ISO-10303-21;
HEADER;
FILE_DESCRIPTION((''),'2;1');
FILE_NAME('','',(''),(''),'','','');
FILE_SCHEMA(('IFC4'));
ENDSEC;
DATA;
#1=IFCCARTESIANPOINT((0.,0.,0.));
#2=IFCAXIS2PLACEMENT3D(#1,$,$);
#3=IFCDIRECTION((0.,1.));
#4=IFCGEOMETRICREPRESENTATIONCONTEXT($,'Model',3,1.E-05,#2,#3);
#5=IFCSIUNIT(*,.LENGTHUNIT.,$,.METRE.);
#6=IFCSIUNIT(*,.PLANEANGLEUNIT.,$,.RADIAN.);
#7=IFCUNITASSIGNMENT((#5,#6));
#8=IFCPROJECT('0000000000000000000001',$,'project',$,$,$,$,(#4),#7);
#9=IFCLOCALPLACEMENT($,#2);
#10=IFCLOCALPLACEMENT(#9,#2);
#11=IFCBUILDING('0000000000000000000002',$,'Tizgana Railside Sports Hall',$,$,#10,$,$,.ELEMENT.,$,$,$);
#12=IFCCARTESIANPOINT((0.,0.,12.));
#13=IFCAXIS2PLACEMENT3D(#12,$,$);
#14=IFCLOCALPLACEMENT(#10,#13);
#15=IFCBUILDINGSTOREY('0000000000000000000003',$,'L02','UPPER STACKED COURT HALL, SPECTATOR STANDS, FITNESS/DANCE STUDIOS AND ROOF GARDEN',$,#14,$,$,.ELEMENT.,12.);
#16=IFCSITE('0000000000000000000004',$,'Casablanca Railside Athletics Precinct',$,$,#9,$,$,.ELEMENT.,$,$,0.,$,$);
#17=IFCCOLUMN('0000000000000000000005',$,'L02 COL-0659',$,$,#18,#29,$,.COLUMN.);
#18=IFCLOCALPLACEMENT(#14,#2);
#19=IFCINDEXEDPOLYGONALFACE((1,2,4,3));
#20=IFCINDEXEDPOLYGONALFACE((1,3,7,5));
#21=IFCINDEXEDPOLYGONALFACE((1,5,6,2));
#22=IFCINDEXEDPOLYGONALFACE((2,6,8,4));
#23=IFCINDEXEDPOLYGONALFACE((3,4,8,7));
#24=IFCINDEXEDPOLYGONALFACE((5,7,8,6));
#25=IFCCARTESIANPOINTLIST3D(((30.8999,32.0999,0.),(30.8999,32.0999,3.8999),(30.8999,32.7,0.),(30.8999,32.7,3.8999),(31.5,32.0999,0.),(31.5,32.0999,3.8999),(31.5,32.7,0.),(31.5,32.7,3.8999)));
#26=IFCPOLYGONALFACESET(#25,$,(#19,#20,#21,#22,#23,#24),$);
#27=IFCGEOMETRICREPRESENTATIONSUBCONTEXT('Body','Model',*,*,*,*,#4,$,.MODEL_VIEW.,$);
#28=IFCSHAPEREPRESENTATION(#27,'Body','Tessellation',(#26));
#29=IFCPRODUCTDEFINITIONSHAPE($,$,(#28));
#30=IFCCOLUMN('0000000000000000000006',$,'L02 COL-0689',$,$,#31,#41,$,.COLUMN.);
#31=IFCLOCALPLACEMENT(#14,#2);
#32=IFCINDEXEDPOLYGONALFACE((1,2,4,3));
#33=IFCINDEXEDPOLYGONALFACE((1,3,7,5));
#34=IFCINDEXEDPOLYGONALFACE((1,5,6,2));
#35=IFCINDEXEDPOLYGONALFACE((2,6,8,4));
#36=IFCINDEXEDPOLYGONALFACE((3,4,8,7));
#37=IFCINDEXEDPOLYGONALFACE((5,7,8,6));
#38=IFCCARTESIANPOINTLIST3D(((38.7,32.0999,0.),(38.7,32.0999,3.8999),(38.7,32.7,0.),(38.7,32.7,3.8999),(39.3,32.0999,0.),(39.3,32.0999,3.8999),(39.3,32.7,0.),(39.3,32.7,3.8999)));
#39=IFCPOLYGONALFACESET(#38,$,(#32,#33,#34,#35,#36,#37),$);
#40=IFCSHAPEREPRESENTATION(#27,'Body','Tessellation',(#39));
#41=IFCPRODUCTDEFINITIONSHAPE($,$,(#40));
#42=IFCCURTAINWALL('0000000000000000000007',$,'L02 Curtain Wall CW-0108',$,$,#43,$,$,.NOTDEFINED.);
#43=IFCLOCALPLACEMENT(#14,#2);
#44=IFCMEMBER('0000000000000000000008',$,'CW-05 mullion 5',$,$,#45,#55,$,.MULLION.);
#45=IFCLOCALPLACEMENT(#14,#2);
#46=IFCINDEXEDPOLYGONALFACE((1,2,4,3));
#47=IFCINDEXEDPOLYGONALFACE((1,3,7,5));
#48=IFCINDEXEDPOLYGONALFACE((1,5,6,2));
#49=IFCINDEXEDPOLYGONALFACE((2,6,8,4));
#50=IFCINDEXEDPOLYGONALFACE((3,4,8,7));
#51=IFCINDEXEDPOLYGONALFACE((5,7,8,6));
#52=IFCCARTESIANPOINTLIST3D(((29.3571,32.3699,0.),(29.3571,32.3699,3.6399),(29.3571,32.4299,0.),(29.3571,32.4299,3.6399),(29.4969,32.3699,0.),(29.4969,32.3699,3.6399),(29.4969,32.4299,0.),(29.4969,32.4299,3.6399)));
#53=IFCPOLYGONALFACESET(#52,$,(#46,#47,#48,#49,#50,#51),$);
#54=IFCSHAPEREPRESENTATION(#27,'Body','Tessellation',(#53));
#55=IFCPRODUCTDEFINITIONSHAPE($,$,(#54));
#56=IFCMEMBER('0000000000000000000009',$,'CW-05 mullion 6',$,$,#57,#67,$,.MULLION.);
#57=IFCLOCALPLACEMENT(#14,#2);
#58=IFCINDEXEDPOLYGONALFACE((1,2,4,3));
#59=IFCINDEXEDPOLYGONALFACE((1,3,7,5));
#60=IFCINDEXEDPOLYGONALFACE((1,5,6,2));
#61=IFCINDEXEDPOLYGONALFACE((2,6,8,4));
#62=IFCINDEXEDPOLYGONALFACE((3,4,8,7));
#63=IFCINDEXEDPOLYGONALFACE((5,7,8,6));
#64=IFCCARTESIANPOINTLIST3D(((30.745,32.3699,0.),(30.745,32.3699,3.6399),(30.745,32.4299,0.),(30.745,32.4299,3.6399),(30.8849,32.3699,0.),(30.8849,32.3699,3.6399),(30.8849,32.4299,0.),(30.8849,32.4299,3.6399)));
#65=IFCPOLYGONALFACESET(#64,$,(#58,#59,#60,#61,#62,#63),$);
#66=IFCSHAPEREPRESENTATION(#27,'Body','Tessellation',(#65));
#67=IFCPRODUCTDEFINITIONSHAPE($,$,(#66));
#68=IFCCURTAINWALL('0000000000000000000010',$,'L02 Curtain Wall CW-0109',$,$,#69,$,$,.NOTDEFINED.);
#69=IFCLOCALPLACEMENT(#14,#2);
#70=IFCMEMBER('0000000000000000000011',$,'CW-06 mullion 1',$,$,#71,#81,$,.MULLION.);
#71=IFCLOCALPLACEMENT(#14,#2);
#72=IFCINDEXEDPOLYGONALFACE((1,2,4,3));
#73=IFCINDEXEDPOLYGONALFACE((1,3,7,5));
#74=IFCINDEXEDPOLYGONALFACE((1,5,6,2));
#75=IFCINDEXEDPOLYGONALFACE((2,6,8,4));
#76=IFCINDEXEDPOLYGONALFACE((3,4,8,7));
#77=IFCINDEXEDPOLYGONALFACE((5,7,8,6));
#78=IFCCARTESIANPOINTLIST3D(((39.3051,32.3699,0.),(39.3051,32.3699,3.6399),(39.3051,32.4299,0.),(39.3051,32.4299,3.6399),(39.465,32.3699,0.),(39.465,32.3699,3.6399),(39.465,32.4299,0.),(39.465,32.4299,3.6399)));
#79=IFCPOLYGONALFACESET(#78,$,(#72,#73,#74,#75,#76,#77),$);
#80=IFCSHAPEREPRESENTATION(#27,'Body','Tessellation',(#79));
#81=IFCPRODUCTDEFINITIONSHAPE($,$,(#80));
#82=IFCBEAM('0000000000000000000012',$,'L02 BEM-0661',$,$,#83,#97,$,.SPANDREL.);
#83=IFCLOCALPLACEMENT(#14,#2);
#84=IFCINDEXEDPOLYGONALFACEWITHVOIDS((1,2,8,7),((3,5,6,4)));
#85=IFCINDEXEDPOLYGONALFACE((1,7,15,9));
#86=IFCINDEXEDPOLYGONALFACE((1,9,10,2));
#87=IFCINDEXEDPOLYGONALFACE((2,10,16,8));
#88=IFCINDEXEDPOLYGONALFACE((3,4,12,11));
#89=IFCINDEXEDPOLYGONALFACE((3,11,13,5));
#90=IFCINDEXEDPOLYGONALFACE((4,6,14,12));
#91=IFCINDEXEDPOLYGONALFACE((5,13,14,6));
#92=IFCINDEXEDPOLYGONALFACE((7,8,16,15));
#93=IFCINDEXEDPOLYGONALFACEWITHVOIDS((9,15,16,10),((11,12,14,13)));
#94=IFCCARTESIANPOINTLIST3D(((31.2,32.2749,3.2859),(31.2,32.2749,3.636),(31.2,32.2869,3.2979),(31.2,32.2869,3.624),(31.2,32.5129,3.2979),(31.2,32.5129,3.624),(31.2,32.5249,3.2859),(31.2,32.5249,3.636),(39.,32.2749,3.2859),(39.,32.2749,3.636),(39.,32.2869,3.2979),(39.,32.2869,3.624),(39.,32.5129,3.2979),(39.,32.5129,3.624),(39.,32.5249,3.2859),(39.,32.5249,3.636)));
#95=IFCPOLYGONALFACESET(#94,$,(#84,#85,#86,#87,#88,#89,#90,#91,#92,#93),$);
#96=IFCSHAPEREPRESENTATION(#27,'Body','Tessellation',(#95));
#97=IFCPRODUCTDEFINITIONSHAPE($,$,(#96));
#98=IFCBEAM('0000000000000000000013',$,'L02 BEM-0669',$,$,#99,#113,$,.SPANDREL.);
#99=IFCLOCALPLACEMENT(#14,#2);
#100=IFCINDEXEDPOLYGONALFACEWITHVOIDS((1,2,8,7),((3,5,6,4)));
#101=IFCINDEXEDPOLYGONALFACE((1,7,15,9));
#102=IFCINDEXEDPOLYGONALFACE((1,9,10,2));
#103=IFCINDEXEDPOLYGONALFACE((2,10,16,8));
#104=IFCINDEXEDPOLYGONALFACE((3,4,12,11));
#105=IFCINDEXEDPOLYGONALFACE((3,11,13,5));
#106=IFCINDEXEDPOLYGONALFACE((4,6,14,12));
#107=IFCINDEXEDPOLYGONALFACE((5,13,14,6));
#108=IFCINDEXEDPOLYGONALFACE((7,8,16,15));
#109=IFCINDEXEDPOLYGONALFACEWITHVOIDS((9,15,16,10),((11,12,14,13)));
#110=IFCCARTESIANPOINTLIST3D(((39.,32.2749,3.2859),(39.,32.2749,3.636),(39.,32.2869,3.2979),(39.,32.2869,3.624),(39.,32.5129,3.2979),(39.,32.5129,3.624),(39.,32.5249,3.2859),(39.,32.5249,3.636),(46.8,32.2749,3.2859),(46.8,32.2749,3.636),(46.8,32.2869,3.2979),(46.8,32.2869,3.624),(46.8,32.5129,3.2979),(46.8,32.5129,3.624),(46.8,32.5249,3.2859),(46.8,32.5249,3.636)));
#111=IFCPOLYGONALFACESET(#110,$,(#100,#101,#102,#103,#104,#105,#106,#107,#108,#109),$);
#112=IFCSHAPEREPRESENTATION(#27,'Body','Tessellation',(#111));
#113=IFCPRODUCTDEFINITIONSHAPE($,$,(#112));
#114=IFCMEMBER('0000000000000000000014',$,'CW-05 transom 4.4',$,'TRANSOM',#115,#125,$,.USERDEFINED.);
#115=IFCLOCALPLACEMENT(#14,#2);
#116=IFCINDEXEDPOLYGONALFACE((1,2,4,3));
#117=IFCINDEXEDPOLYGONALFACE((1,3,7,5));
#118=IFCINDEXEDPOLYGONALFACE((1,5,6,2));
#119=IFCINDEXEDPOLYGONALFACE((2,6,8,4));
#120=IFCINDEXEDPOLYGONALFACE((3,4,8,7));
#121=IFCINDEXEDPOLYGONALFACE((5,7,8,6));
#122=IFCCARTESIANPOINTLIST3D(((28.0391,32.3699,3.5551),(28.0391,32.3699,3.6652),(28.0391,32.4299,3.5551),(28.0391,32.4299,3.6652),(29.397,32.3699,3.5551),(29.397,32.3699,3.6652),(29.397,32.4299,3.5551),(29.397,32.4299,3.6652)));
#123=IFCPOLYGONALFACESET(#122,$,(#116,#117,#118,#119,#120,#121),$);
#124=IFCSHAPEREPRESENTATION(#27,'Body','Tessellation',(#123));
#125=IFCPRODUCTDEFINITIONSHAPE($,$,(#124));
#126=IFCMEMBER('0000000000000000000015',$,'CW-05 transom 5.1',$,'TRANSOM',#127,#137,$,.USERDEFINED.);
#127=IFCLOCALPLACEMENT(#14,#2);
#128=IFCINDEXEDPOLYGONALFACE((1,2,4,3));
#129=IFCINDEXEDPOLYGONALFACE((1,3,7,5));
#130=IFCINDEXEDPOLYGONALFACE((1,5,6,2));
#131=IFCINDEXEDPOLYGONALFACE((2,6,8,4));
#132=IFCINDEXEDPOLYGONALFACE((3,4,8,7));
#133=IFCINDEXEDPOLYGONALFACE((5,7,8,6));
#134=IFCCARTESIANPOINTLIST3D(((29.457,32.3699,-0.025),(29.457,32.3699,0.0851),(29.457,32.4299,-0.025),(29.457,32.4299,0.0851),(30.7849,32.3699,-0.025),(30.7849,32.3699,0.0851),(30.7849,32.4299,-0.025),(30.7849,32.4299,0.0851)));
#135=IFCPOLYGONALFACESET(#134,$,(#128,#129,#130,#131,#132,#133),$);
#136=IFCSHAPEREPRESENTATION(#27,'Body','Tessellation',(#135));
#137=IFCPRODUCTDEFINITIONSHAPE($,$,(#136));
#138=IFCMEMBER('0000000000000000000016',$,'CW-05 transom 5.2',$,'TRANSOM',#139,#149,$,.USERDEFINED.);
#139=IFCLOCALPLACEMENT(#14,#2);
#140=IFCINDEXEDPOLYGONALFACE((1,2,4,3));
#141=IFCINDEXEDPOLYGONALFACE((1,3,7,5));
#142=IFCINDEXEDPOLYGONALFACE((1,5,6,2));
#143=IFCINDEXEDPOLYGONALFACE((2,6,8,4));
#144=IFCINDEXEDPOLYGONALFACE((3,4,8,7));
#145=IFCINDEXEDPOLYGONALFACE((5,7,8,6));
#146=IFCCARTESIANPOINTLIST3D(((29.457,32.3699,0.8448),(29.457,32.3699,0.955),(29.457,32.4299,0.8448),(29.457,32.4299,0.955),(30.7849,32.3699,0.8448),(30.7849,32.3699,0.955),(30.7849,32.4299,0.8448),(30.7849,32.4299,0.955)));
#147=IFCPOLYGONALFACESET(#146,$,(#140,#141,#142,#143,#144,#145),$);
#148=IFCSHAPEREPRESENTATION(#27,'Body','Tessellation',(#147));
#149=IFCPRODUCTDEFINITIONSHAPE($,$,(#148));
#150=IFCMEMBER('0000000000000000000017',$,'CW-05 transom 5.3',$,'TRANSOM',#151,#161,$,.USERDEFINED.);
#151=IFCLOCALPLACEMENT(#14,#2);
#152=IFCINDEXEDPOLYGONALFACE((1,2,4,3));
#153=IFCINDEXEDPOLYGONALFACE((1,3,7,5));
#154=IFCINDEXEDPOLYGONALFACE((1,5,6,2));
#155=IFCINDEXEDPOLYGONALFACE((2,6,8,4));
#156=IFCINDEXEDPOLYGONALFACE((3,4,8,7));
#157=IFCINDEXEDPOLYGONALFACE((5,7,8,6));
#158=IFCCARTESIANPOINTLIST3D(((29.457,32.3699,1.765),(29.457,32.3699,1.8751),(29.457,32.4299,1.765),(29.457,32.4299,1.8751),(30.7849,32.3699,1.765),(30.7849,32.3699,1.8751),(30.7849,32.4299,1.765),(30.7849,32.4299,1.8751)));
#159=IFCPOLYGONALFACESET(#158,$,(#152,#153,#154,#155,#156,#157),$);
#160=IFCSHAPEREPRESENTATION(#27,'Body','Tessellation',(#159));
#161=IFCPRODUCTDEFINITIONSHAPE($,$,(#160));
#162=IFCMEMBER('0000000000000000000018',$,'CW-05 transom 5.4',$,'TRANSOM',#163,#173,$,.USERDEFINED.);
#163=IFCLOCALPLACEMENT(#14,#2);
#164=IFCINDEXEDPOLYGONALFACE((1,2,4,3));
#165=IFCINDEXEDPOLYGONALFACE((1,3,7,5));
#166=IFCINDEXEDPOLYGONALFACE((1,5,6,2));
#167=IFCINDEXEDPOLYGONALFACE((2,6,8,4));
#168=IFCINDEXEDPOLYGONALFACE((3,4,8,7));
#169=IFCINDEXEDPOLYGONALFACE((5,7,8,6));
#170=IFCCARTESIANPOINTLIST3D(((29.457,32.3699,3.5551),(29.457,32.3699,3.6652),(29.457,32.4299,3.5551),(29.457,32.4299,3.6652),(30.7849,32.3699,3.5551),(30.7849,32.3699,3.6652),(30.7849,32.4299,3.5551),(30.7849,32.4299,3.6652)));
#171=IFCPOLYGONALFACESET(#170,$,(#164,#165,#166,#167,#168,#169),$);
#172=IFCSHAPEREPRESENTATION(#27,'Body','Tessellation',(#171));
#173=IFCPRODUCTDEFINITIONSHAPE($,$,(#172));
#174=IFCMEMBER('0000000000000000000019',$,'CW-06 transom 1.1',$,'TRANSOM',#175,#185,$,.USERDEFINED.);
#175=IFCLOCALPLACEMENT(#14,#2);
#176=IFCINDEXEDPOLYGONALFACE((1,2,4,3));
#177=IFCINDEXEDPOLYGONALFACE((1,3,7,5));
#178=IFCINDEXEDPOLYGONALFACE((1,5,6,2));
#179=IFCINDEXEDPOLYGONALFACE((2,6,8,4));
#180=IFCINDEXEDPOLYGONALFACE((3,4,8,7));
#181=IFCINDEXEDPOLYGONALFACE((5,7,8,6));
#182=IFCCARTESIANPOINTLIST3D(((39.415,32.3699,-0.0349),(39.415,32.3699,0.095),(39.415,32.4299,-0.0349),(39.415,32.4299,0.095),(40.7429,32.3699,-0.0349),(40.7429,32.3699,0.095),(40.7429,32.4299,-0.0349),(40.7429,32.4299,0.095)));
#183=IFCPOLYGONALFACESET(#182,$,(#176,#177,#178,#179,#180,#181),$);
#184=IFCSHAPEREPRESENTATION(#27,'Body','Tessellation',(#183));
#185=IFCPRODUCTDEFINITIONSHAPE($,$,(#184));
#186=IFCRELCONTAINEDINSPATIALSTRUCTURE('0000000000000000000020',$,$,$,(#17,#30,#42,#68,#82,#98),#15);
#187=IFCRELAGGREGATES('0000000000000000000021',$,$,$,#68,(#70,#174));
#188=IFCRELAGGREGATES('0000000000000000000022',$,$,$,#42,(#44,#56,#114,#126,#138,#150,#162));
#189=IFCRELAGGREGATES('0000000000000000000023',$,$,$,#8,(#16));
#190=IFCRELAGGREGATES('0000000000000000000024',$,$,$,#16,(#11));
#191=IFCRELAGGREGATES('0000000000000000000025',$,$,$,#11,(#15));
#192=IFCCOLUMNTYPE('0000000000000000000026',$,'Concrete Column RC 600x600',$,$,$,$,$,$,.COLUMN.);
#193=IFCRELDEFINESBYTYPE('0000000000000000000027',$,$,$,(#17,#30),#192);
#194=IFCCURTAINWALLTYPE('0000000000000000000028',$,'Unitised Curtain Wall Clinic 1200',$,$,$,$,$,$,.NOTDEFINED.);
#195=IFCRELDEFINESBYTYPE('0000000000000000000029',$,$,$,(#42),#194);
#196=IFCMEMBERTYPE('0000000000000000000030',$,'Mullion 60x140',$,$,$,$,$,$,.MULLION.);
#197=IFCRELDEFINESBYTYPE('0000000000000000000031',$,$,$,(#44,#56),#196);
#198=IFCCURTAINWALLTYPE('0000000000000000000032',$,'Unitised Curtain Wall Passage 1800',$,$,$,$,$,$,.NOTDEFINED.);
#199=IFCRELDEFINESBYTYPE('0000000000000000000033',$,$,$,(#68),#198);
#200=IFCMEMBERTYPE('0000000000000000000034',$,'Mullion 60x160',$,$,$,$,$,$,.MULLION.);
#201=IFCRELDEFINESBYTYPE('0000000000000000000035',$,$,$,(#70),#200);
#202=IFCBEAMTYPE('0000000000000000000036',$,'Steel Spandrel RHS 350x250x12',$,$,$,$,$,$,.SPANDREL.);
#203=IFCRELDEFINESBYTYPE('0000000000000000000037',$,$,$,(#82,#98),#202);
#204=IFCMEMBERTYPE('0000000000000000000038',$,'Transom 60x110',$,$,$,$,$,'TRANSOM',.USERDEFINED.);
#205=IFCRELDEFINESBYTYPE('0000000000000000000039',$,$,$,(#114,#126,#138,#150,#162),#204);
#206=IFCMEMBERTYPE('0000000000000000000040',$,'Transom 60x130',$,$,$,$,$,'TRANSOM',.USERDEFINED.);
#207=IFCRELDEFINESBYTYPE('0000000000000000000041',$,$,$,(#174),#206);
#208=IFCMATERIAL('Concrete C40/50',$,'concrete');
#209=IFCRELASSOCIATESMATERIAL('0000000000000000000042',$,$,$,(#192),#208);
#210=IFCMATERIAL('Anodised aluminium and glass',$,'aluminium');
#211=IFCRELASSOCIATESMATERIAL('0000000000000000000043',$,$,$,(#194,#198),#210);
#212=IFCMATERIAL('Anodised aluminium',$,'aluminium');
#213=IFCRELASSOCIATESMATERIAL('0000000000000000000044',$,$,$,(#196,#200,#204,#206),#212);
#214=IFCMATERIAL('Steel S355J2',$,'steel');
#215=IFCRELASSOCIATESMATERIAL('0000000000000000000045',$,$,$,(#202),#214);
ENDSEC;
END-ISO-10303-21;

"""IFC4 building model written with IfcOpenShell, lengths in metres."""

from ifc_helpers import new_model, si_unit, direction, frame, origin, origin_2d, place, context, subcontext, project, spatial, rectangle, hollow_rectangle, extrude, material, material_profile, profile_set, type_object, element, aggregate, save


model = new_model("IFC4")

# Units and contexts
model_context = context("Model", 3, precision=1e-05, world=origin(), true_north=direction((0.0, 1.0)))
body_context = subcontext(model_context, "Body", "Model", "MODEL_VIEW")
ifc_project = project(units=[si_unit("LENGTHUNIT", "METRE"), si_unit("PLANEANGLEUNIT", "RADIAN")], contexts=[model_context])

# Site, building, storey
site_placement = place(None, origin())
site = spatial("IfcSite", under=ifc_project, at=site_placement, Name="Casablanca Railside Athletics Precinct", CompositionType="ELEMENT", RefElevation=0.0)
building_placement = place(site_placement, origin())
building = spatial("IfcBuilding", under=site, at=building_placement, Name="Tizgana Railside Sports Hall", CompositionType="ELEMENT")
storey_placement = place(building_placement, frame((0.0, 0.0, 12.0)))
storey = spatial("IfcBuildingStorey", under=building, at=storey_placement, Name="L02", Description="UPPER STACKED COURT HALL, SPECTATOR STANDS, FITNESS/DANCE STUDIOS AND ROOF GARDEN", CompositionType="ELEMENT", Elevation=12.0)

# Columns
ifc_material_1 = material(Name="Concrete C40/50", Category="concrete")
ifc_material_profile_1 = material_profile(ifc_material_1, rectangle(XDim=0.6001, YDim=0.6001, at=origin_2d()), Name="RC 600x600")
ifc_profile_set_1 = profile_set([ifc_material_profile_1], Name="Concrete C40/50")
column_type = type_object("IfcColumnType", Name="Concrete Column RC 600x600", PredefinedType="COLUMN", material=ifc_profile_set_1)
for number, where, z_axis, x_axis, name in (
    (1, (31.2, 32.3999, 0.0), (0.0, 0.0, 1.0), (1.0, 0.0, 0.0), "L02 COL-0659"),
    (2, (39.0, 32.3999, 0.0), (0.0, 0.0, 1.0), (1.0, 0.0, 0.0), "L02 COL-0689"),
):
    element("IfcColumn", number, at=place(storey_placement, frame(where, z_axis=z_axis, x_axis=x_axis)), inside=storey, type_object=column_type, Name=name, PredefinedType="COLUMN", context=body_context, shape_type="SweptSolid", body=[
        extrude(rectangle(XDim=0.6001, YDim=0.6001, at=origin_2d()), origin(), (0.0, 0.0, 1.0), 3.8999),
    ])

# Curtain wall, members
ifc_material_2 = material(Name="Anodised aluminium and glass", Category="aluminium")
curtain_wall_type_1 = type_object("IfcCurtainWallType", Name="Unitised Curtain Wall Clinic 1200", PredefinedType="NOTDEFINED", material=ifc_material_2)
curtain_wall_1_placement = place(storey_placement, origin())
curtain_wall_1 = element("IfcCurtainWall", 3, at=curtain_wall_1_placement, inside=storey, type_object=curtain_wall_type_1, Name="L02 Curtain Wall CW-0108", PredefinedType="NOTDEFINED")
ifc_material_3 = material(Name="Anodised aluminium", Category="aluminium")
ifc_material_profile_2 = material_profile(ifc_material_3, rectangle(XDim=0.0601, YDim=0.1399, at=origin_2d()), Name="Mullion 60x140")
ifc_profile_set_2 = profile_set([ifc_material_profile_2], Name="Anodised aluminium")
member_type_1 = type_object("IfcMemberType", Name="Mullion 60x140", PredefinedType="MULLION", material=ifc_profile_set_2)
member_1_placement = place(storey_placement, frame((29.427, 32.3999, 0.0), z_axis=(0.0, 0.0, 1.0), x_axis=(0.0, 1.0, 0.0)))
member_1 = element("IfcMember", 4, at=member_1_placement, type_object=member_type_1, Name="CW-05 mullion 5", PredefinedType="MULLION", context=body_context, shape_type="SweptSolid", body=[
    extrude(rectangle(XDim=0.0601, YDim=0.1399, at=origin_2d()), origin(), (0.0, 0.0, 1.0), 3.6399),
])
member_2_placement = place(storey_placement, frame((30.8149, 32.3999, 0.0), z_axis=(0.0, 0.0, 1.0), x_axis=(0.0, 1.0, 0.0)))
member_2 = element("IfcMember", 5, at=member_2_placement, type_object=member_type_1, Name="CW-05 mullion 6", PredefinedType="MULLION", context=body_context, shape_type="SweptSolid", body=[
    extrude(rectangle(XDim=0.0601, YDim=0.1399, at=origin_2d()), origin(), (0.0, 0.0, 1.0), 3.6399),
])

# Curtain wall, member
curtain_wall_type_2 = type_object("IfcCurtainWallType", Name="Unitised Curtain Wall Passage 1800", PredefinedType="NOTDEFINED", material=ifc_material_2)
curtain_wall_2_placement = place(storey_placement, origin())
curtain_wall_2 = element("IfcCurtainWall", 6, at=curtain_wall_2_placement, inside=storey, type_object=curtain_wall_type_2, Name="L02 Curtain Wall CW-0109", PredefinedType="NOTDEFINED")
ifc_material_profile_3 = material_profile(ifc_material_3, rectangle(XDim=0.0601, YDim=0.1599, at=origin_2d()), Name="Mullion 60x160")
ifc_profile_set_3 = profile_set([ifc_material_profile_3], Name="Anodised aluminium")
member_type_2 = type_object("IfcMemberType", Name="Mullion 60x160", PredefinedType="MULLION", material=ifc_profile_set_3)
member_3_placement = place(storey_placement, frame((39.385, 32.3999, 0.0), z_axis=(0.0, 0.0, 1.0), x_axis=(0.0, 1.0, 0.0)))
member_3 = element("IfcMember", 7, at=member_3_placement, type_object=member_type_2, Name="CW-06 mullion 1", PredefinedType="MULLION", context=body_context, shape_type="SweptSolid", body=[
    extrude(rectangle(XDim=0.0601, YDim=0.1599, at=origin_2d()), origin(), (0.0, 0.0, 1.0), 3.6399),
])

# Beams
ifc_material_4 = material(Name="Steel S355J2", Category="steel")
ifc_material_profile_4 = material_profile(ifc_material_4, hollow_rectangle(XDim=0.25, YDim=0.3501, WallThickness=0.012, at=origin_2d()), Name="RHS 350x250x12")
ifc_profile_set_4 = profile_set([ifc_material_profile_4], Name="Steel S355J2")
beam_type = type_object("IfcBeamType", Name="Steel Spandrel RHS 350x250x12", PredefinedType="SPANDREL", material=ifc_profile_set_4)
for number, where, z_axis, x_axis, name in (
    (8, (31.2, 32.3999, 3.4609), (1.0, 0.0, 0.0), (0.0, 1.0, 0.0), "L02 BEM-0661"),
    (9, (39.0, 32.3999, 3.4609), (1.0, 0.0, 0.0), (0.0, 1.0, 0.0), "L02 BEM-0669"),
):
    element("IfcBeam", number, at=place(storey_placement, frame(where, z_axis=z_axis, x_axis=x_axis)), inside=storey, type_object=beam_type, Name=name, PredefinedType="SPANDREL", context=body_context, shape_type="SweptSolid", body=[
        extrude(hollow_rectangle(XDim=0.25, YDim=0.3501, WallThickness=0.012, at=origin_2d()), origin(), (0.0, 0.0, 1.0), 7.8),
    ])

# Members
ifc_material_profile_5 = material_profile(ifc_material_3, rectangle(XDim=0.0601, YDim=0.1101, at=origin_2d()), Name="Transom 60x110")
ifc_profile_set_5 = profile_set([ifc_material_profile_5], Name="Anodised aluminium")
member_type_3 = type_object("IfcMemberType", Name="Transom 60x110", ElementType="TRANSOM", PredefinedType="USERDEFINED", material=ifc_profile_set_5)
member_4_placement = place(storey_placement, frame((28.0391, 32.3999, 3.6101), z_axis=(1.0, 0.0, 0.0), x_axis=(0.0, 1.0, 0.0)))
member_4 = element("IfcMember", 10, at=member_4_placement, type_object=member_type_3, Name="CW-05 transom 4.4", ObjectType="TRANSOM", PredefinedType="USERDEFINED", context=body_context, shape_type="SweptSolid", body=[
    extrude(rectangle(XDim=0.0601, YDim=0.1101, at=origin_2d()), origin(), (0.0, 0.0, 1.0), 1.3579),
])
member_5_placement = place(storey_placement, frame((29.457, 32.3999, 0.03), z_axis=(1.0, 0.0, 0.0), x_axis=(0.0, 1.0, 0.0)))
member_5 = element("IfcMember", 11, at=member_5_placement, type_object=member_type_3, Name="CW-05 transom 5.1", ObjectType="TRANSOM", PredefinedType="USERDEFINED", context=body_context, shape_type="SweptSolid", body=[
    extrude(rectangle(XDim=0.0601, YDim=0.1101, at=origin_2d()), origin(), (0.0, 0.0, 1.0), 1.3279),
])
member_6_placement = place(storey_placement, frame((29.457, 32.3999, 0.8999), z_axis=(1.0, 0.0, 0.0), x_axis=(0.0, 1.0, 0.0)))
member_6 = element("IfcMember", 12, at=member_6_placement, type_object=member_type_3, Name="CW-05 transom 5.2", ObjectType="TRANSOM", PredefinedType="USERDEFINED", context=body_context, shape_type="SweptSolid", body=[
    extrude(rectangle(XDim=0.0601, YDim=0.1101, at=origin_2d()), origin(), (0.0, 0.0, 1.0), 1.3279),
])
member_7_placement = place(storey_placement, frame((29.457, 32.3999, 1.8201), z_axis=(1.0, 0.0, 0.0), x_axis=(0.0, 1.0, 0.0)))
member_7 = element("IfcMember", 13, at=member_7_placement, type_object=member_type_3, Name="CW-05 transom 5.3", ObjectType="TRANSOM", PredefinedType="USERDEFINED", context=body_context, shape_type="SweptSolid", body=[
    extrude(rectangle(XDim=0.0601, YDim=0.1101, at=origin_2d()), origin(), (0.0, 0.0, 1.0), 1.3279),
])
member_8_placement = place(storey_placement, frame((29.457, 32.3999, 3.6101), z_axis=(1.0, 0.0, 0.0), x_axis=(0.0, 1.0, 0.0)))
member_8 = element("IfcMember", 14, at=member_8_placement, type_object=member_type_3, Name="CW-05 transom 5.4", ObjectType="TRANSOM", PredefinedType="USERDEFINED", context=body_context, shape_type="SweptSolid", body=[
    extrude(rectangle(XDim=0.0601, YDim=0.1101, at=origin_2d()), origin(), (0.0, 0.0, 1.0), 1.3279),
])
ifc_material_profile_6 = material_profile(ifc_material_3, rectangle(XDim=0.0601, YDim=0.1299, at=origin_2d()), Name="Transom 60x130")
ifc_profile_set_6 = profile_set([ifc_material_profile_6], Name="Anodised aluminium")
member_type_4 = type_object("IfcMemberType", Name="Transom 60x130", ElementType="TRANSOM", PredefinedType="USERDEFINED", material=ifc_profile_set_6)
member_9_placement = place(storey_placement, frame((39.415, 32.3999, 0.03), z_axis=(1.0, 0.0, 0.0), x_axis=(0.0, 1.0, 0.0)))
member_9 = element("IfcMember", 15, at=member_9_placement, type_object=member_type_4, Name="CW-06 transom 1.1", ObjectType="TRANSOM", PredefinedType="USERDEFINED", context=body_context, shape_type="SweptSolid", body=[
    extrude(rectangle(XDim=0.0601, YDim=0.1299, at=origin_2d()), origin(), (0.0, 0.0, 1.0), 1.3279),
])
aggregate(curtain_wall_2, [member_3, member_9])

aggregate(curtain_wall_1, [member_1, member_2, member_4, member_5, member_6, member_7, member_8])

save(model, "model.ifc")
